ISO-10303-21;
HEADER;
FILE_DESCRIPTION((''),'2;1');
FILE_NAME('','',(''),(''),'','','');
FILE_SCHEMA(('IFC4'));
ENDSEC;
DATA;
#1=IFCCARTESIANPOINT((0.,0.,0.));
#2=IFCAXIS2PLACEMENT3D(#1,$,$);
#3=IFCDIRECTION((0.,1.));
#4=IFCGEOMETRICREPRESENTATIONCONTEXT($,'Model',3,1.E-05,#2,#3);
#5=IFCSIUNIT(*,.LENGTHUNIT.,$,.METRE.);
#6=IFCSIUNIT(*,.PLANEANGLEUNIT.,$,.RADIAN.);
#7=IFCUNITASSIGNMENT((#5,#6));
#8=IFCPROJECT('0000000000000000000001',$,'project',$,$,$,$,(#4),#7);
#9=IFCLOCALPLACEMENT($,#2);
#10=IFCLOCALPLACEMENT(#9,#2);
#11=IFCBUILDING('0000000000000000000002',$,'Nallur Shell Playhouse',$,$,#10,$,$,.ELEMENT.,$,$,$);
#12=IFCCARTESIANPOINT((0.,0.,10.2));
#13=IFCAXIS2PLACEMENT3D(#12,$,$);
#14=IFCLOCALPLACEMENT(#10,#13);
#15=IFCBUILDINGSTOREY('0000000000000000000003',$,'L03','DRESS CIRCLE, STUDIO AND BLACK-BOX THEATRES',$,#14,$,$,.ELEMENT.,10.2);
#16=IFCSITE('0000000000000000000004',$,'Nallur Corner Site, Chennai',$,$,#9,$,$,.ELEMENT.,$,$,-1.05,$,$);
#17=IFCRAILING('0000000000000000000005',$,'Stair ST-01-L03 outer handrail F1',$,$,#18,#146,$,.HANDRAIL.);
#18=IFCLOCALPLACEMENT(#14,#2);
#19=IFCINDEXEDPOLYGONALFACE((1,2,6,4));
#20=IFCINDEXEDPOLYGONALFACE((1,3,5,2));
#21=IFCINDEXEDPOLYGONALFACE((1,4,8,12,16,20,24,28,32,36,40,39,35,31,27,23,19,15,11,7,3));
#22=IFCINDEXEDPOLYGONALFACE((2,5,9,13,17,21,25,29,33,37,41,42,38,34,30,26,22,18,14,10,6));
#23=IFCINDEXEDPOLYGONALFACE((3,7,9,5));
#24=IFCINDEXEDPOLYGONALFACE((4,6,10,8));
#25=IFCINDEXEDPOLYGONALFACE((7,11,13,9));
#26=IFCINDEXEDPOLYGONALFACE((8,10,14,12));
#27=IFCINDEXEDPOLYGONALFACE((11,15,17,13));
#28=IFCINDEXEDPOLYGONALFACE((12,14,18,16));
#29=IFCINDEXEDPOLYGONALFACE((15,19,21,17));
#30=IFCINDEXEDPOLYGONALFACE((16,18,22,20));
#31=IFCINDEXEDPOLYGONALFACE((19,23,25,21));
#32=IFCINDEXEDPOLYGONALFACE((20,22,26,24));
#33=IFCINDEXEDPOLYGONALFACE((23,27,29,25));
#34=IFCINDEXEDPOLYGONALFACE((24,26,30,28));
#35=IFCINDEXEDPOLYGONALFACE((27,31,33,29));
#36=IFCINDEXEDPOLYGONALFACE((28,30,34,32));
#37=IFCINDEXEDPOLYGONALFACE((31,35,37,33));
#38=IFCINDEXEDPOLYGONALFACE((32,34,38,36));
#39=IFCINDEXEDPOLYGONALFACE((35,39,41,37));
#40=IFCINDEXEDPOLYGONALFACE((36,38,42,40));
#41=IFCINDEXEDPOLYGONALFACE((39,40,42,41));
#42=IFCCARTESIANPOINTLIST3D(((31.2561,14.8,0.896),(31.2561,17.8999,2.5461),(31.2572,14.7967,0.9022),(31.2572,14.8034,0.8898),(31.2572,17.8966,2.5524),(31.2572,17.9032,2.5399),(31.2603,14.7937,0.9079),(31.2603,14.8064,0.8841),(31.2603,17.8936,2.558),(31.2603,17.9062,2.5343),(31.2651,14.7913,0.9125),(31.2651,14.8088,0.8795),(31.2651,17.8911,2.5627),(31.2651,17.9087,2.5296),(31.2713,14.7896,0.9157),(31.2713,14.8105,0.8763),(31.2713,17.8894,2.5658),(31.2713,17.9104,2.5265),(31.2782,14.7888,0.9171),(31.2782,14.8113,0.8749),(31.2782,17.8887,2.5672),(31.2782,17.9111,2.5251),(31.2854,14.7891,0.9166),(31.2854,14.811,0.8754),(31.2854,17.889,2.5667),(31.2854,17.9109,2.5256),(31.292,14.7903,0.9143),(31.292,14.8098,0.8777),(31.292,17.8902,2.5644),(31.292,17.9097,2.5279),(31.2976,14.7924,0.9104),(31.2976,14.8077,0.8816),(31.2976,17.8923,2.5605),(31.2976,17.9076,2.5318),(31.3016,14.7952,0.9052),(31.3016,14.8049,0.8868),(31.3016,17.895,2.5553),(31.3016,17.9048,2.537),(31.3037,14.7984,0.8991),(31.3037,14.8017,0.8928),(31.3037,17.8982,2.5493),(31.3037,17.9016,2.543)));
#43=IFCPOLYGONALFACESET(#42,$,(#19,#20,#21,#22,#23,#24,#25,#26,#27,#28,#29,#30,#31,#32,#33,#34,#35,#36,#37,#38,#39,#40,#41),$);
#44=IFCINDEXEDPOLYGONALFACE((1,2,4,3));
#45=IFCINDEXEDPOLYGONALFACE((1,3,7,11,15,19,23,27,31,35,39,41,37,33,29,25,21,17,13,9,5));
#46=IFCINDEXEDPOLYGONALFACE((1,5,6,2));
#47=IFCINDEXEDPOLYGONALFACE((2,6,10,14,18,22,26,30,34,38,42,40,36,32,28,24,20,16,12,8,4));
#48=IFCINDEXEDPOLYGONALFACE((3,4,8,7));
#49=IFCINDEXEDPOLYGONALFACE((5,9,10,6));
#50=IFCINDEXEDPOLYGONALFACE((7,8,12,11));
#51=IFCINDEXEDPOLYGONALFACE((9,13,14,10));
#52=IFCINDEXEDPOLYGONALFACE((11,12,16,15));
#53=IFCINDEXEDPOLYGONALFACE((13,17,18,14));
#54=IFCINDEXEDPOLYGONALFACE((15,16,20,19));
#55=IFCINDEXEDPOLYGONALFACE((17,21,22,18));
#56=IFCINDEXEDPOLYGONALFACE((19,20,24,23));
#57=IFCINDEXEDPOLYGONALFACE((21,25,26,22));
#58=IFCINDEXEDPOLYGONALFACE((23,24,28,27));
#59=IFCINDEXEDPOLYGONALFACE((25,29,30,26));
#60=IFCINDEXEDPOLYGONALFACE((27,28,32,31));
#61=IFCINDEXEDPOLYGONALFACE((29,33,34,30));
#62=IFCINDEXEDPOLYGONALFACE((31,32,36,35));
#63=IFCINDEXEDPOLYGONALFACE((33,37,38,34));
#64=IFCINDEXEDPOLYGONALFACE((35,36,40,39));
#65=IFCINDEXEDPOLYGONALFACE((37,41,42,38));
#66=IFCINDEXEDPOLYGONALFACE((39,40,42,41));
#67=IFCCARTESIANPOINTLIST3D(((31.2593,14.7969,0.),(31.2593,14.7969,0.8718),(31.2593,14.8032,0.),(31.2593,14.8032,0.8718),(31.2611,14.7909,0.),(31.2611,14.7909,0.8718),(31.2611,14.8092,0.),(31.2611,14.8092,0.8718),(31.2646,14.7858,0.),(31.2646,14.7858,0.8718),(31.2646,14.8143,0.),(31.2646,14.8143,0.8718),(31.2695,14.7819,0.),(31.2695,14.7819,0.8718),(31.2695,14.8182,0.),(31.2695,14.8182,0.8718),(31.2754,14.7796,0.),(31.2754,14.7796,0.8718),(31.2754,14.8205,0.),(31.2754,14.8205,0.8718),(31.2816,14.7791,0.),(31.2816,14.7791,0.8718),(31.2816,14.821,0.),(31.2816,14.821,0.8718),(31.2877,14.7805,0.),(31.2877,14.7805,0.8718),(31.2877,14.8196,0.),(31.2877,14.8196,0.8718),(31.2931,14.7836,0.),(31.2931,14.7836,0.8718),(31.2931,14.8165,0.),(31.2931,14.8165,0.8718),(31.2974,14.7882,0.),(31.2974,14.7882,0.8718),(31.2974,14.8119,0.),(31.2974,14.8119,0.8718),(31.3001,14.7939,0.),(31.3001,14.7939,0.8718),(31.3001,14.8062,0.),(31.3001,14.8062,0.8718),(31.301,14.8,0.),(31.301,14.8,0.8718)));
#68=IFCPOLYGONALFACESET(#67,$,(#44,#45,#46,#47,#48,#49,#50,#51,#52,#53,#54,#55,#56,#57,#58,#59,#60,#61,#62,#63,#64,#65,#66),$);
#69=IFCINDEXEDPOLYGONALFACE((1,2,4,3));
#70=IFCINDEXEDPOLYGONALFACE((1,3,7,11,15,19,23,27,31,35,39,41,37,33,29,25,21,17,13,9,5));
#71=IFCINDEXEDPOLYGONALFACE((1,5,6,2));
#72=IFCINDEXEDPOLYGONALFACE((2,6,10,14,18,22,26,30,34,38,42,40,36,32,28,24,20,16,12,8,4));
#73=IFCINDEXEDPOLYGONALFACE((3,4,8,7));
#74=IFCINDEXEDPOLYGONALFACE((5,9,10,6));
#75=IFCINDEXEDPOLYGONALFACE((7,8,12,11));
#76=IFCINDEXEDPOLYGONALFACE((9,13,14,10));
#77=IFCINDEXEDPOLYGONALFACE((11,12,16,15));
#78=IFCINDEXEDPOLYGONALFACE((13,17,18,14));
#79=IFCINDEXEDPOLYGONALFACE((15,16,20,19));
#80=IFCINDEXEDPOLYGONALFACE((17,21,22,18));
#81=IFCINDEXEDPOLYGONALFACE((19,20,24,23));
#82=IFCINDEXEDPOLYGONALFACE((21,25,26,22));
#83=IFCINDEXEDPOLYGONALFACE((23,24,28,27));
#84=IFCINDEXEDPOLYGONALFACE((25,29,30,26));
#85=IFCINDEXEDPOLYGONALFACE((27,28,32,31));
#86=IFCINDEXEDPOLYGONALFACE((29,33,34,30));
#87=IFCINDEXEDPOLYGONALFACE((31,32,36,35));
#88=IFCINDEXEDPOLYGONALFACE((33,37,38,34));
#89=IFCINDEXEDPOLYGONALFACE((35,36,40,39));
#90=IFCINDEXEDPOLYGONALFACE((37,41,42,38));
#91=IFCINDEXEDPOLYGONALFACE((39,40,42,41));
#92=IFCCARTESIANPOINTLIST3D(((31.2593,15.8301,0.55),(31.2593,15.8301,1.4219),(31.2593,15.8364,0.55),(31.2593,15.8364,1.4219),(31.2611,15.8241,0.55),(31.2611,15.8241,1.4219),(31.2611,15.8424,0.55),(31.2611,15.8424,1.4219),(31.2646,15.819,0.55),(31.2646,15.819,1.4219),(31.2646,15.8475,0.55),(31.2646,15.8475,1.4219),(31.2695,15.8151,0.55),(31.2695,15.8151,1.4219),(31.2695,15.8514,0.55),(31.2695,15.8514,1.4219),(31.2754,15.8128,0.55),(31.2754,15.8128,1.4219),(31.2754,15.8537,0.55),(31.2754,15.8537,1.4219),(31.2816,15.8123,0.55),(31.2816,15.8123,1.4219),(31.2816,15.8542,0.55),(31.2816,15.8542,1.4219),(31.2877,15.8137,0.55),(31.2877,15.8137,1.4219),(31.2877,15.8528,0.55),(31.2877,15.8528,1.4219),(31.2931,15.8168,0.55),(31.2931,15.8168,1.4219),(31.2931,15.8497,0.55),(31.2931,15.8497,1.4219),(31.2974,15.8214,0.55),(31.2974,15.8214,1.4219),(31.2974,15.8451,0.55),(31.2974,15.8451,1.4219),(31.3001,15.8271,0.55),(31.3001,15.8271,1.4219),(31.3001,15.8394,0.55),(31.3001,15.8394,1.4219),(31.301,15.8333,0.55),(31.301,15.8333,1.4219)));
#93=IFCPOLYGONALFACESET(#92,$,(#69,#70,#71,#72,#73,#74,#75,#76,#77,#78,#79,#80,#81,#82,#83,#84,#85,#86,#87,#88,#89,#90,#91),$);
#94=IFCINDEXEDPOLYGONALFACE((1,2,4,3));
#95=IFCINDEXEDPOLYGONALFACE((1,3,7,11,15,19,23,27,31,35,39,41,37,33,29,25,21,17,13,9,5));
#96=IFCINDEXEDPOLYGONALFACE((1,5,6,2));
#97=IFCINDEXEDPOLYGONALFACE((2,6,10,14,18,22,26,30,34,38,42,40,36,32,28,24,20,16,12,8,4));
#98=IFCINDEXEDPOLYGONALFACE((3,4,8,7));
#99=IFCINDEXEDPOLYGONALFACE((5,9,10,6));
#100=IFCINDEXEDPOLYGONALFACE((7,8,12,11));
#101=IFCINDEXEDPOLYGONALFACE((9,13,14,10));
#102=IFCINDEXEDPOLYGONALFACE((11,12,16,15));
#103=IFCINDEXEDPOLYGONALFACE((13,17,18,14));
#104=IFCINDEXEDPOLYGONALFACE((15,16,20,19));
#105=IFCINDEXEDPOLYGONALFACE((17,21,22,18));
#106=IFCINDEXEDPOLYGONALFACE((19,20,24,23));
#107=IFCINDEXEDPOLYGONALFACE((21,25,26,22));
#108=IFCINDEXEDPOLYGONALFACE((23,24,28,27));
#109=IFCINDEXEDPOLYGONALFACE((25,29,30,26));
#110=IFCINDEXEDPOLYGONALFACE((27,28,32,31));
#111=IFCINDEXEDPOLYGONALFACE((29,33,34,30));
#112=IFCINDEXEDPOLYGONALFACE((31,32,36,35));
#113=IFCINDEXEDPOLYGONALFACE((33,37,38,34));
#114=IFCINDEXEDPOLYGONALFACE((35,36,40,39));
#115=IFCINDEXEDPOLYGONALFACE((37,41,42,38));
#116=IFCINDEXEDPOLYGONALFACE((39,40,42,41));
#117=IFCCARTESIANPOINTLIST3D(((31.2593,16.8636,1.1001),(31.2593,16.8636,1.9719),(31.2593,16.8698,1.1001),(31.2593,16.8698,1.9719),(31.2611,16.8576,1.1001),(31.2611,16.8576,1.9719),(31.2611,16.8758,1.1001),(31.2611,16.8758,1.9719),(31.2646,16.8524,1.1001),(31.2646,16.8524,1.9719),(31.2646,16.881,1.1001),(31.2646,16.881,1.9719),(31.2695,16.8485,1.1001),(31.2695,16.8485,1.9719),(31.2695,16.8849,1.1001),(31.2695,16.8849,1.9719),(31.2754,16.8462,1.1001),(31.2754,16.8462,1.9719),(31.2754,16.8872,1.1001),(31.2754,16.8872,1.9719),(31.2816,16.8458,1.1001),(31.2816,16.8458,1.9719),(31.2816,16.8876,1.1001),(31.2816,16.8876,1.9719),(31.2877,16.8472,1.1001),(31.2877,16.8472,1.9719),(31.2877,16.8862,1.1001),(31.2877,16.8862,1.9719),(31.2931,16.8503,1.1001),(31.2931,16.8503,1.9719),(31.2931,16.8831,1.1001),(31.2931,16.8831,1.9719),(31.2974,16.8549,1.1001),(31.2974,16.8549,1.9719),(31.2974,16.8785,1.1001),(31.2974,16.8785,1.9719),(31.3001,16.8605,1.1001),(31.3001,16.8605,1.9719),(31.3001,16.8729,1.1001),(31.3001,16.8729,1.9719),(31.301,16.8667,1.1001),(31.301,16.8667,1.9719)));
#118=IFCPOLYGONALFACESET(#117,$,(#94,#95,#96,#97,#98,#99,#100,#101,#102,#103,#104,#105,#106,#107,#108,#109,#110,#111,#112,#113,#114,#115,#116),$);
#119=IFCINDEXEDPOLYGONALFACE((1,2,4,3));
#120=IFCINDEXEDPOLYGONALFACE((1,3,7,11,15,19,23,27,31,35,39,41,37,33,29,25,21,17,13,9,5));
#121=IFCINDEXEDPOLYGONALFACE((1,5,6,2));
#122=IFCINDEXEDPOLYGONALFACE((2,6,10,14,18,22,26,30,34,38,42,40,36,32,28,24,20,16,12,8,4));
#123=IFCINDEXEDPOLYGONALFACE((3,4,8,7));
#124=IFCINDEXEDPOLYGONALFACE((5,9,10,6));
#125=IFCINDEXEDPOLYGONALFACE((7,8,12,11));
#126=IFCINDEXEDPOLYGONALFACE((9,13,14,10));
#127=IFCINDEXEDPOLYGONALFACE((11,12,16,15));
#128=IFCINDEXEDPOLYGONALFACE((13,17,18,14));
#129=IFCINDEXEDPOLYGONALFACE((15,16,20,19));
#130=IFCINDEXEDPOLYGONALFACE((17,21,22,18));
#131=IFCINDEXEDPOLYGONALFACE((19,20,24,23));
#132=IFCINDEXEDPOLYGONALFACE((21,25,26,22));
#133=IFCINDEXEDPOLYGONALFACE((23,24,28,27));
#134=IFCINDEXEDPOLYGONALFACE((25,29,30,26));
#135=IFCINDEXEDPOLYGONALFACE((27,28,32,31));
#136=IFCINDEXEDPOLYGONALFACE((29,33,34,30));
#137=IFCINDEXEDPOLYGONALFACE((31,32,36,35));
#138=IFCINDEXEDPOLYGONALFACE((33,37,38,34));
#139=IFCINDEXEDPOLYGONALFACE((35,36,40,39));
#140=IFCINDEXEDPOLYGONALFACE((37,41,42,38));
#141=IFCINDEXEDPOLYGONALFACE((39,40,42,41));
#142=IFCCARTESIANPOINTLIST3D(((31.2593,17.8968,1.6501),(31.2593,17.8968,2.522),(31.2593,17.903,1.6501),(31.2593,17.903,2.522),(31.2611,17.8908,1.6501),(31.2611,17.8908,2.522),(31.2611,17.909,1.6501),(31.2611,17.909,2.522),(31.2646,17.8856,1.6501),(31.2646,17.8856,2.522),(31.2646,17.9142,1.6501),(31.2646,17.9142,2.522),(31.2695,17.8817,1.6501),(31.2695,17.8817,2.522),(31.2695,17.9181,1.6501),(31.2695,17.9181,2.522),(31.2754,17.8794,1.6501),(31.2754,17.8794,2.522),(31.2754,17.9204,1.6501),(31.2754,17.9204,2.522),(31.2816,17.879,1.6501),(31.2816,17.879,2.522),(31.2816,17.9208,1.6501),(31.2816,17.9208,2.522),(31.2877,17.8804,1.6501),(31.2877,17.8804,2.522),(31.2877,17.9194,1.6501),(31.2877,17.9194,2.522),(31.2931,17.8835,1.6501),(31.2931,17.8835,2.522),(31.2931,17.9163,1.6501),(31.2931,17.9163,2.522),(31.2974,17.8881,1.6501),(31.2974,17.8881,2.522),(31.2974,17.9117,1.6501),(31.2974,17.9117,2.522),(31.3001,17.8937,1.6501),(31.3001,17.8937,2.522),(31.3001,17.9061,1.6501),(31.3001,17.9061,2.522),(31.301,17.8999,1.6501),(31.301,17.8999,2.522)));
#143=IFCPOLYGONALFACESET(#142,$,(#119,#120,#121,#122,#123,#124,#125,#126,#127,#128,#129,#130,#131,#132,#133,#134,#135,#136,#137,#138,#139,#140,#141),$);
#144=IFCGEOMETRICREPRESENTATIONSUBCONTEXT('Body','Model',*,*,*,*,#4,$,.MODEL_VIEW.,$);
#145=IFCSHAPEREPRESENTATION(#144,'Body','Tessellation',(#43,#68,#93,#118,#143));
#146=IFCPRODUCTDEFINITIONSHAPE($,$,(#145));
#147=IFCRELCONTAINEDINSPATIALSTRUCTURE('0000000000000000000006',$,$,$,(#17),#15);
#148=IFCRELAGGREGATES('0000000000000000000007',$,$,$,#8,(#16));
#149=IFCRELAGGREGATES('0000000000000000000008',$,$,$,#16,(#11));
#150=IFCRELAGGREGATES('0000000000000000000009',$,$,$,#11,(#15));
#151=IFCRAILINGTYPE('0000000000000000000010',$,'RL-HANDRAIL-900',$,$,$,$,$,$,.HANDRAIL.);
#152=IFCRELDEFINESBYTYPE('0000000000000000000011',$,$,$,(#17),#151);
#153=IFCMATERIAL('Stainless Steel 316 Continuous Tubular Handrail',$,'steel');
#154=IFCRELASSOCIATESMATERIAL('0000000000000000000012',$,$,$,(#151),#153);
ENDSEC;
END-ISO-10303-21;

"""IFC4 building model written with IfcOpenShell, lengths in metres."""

from ifc_helpers import new_model, si_unit, direction, frame, origin, origin_2d, place, context, subcontext, project, spatial, circle, extrude, material, type_object, element, save


model = new_model("IFC4")

# Units and contexts
model_context = context("Model", 3, precision=1e-05, world=origin(), true_north=direction((0.0, 1.0)))
body_context = subcontext(model_context, "Body", "Model", "MODEL_VIEW")
ifc_project = project(units=[si_unit("LENGTHUNIT", "METRE"), si_unit("PLANEANGLEUNIT", "RADIAN")], contexts=[model_context])

# Site, building, storey
site_placement = place(None, origin())
site = spatial("IfcSite", under=ifc_project, at=site_placement, Name="Nallur Corner Site, Chennai", CompositionType="ELEMENT", RefElevation=-1.05)
building_placement = place(site_placement, origin())
building = spatial("IfcBuilding", under=site, at=building_placement, Name="Nallur Shell Playhouse", CompositionType="ELEMENT")
storey_placement = place(building_placement, frame((0.0, 0.0, 10.2)))
storey = spatial("IfcBuildingStorey", under=building, at=storey_placement, Name="L03", Description="DRESS CIRCLE, STUDIO AND BLACK-BOX THEATRES", CompositionType="ELEMENT", Elevation=10.2)

# Railing
ifc_material_1 = material(Name="Stainless Steel 316 Continuous Tubular Handrail", Category="steel")
railing_type_1 = type_object("IfcRailingType", Name="RL-HANDRAIL-900", PredefinedType="HANDRAIL", material=ifc_material_1)
railing_1_placement = place(storey_placement, frame((31.28, 14.8, 0.0)))
element("IfcRailing", 1, at=railing_1_placement, inside=storey, type_object=railing_type_1, Name="Stair ST-01-L03 outer handrail F1", PredefinedType="HANDRAIL", context=body_context, shape_type="SweptSolid", body=[
    extrude(circle(Radius=0.0239, at=origin_2d()), frame((0.0, 0.0, 0.896), z_axis=(0.0, 0.88272, 0.469899), x_axis=(-1.0, 0.0, 0.0)), (0.0, 0.0, 1.0), 3.5117),
    extrude(circle(Radius=0.021, at=origin_2d()), origin(), (0.0, 0.0, 1.0), 0.8718),
    extrude(circle(Radius=0.021, at=origin_2d()), frame((0.0, 1.0332, 0.55)), (0.0, 0.0, 1.0), 0.8718),
    extrude(circle(Radius=0.021, at=origin_2d()), frame((0.0, 2.0667, 1.1001)), (0.0, 0.0, 1.0), 0.8718),
    extrude(circle(Radius=0.021, at=origin_2d()), frame((0.0, 3.0999, 1.6501)), (0.0, 0.0, 1.0), 0.8718),
])

save(model, "model.ifc")
